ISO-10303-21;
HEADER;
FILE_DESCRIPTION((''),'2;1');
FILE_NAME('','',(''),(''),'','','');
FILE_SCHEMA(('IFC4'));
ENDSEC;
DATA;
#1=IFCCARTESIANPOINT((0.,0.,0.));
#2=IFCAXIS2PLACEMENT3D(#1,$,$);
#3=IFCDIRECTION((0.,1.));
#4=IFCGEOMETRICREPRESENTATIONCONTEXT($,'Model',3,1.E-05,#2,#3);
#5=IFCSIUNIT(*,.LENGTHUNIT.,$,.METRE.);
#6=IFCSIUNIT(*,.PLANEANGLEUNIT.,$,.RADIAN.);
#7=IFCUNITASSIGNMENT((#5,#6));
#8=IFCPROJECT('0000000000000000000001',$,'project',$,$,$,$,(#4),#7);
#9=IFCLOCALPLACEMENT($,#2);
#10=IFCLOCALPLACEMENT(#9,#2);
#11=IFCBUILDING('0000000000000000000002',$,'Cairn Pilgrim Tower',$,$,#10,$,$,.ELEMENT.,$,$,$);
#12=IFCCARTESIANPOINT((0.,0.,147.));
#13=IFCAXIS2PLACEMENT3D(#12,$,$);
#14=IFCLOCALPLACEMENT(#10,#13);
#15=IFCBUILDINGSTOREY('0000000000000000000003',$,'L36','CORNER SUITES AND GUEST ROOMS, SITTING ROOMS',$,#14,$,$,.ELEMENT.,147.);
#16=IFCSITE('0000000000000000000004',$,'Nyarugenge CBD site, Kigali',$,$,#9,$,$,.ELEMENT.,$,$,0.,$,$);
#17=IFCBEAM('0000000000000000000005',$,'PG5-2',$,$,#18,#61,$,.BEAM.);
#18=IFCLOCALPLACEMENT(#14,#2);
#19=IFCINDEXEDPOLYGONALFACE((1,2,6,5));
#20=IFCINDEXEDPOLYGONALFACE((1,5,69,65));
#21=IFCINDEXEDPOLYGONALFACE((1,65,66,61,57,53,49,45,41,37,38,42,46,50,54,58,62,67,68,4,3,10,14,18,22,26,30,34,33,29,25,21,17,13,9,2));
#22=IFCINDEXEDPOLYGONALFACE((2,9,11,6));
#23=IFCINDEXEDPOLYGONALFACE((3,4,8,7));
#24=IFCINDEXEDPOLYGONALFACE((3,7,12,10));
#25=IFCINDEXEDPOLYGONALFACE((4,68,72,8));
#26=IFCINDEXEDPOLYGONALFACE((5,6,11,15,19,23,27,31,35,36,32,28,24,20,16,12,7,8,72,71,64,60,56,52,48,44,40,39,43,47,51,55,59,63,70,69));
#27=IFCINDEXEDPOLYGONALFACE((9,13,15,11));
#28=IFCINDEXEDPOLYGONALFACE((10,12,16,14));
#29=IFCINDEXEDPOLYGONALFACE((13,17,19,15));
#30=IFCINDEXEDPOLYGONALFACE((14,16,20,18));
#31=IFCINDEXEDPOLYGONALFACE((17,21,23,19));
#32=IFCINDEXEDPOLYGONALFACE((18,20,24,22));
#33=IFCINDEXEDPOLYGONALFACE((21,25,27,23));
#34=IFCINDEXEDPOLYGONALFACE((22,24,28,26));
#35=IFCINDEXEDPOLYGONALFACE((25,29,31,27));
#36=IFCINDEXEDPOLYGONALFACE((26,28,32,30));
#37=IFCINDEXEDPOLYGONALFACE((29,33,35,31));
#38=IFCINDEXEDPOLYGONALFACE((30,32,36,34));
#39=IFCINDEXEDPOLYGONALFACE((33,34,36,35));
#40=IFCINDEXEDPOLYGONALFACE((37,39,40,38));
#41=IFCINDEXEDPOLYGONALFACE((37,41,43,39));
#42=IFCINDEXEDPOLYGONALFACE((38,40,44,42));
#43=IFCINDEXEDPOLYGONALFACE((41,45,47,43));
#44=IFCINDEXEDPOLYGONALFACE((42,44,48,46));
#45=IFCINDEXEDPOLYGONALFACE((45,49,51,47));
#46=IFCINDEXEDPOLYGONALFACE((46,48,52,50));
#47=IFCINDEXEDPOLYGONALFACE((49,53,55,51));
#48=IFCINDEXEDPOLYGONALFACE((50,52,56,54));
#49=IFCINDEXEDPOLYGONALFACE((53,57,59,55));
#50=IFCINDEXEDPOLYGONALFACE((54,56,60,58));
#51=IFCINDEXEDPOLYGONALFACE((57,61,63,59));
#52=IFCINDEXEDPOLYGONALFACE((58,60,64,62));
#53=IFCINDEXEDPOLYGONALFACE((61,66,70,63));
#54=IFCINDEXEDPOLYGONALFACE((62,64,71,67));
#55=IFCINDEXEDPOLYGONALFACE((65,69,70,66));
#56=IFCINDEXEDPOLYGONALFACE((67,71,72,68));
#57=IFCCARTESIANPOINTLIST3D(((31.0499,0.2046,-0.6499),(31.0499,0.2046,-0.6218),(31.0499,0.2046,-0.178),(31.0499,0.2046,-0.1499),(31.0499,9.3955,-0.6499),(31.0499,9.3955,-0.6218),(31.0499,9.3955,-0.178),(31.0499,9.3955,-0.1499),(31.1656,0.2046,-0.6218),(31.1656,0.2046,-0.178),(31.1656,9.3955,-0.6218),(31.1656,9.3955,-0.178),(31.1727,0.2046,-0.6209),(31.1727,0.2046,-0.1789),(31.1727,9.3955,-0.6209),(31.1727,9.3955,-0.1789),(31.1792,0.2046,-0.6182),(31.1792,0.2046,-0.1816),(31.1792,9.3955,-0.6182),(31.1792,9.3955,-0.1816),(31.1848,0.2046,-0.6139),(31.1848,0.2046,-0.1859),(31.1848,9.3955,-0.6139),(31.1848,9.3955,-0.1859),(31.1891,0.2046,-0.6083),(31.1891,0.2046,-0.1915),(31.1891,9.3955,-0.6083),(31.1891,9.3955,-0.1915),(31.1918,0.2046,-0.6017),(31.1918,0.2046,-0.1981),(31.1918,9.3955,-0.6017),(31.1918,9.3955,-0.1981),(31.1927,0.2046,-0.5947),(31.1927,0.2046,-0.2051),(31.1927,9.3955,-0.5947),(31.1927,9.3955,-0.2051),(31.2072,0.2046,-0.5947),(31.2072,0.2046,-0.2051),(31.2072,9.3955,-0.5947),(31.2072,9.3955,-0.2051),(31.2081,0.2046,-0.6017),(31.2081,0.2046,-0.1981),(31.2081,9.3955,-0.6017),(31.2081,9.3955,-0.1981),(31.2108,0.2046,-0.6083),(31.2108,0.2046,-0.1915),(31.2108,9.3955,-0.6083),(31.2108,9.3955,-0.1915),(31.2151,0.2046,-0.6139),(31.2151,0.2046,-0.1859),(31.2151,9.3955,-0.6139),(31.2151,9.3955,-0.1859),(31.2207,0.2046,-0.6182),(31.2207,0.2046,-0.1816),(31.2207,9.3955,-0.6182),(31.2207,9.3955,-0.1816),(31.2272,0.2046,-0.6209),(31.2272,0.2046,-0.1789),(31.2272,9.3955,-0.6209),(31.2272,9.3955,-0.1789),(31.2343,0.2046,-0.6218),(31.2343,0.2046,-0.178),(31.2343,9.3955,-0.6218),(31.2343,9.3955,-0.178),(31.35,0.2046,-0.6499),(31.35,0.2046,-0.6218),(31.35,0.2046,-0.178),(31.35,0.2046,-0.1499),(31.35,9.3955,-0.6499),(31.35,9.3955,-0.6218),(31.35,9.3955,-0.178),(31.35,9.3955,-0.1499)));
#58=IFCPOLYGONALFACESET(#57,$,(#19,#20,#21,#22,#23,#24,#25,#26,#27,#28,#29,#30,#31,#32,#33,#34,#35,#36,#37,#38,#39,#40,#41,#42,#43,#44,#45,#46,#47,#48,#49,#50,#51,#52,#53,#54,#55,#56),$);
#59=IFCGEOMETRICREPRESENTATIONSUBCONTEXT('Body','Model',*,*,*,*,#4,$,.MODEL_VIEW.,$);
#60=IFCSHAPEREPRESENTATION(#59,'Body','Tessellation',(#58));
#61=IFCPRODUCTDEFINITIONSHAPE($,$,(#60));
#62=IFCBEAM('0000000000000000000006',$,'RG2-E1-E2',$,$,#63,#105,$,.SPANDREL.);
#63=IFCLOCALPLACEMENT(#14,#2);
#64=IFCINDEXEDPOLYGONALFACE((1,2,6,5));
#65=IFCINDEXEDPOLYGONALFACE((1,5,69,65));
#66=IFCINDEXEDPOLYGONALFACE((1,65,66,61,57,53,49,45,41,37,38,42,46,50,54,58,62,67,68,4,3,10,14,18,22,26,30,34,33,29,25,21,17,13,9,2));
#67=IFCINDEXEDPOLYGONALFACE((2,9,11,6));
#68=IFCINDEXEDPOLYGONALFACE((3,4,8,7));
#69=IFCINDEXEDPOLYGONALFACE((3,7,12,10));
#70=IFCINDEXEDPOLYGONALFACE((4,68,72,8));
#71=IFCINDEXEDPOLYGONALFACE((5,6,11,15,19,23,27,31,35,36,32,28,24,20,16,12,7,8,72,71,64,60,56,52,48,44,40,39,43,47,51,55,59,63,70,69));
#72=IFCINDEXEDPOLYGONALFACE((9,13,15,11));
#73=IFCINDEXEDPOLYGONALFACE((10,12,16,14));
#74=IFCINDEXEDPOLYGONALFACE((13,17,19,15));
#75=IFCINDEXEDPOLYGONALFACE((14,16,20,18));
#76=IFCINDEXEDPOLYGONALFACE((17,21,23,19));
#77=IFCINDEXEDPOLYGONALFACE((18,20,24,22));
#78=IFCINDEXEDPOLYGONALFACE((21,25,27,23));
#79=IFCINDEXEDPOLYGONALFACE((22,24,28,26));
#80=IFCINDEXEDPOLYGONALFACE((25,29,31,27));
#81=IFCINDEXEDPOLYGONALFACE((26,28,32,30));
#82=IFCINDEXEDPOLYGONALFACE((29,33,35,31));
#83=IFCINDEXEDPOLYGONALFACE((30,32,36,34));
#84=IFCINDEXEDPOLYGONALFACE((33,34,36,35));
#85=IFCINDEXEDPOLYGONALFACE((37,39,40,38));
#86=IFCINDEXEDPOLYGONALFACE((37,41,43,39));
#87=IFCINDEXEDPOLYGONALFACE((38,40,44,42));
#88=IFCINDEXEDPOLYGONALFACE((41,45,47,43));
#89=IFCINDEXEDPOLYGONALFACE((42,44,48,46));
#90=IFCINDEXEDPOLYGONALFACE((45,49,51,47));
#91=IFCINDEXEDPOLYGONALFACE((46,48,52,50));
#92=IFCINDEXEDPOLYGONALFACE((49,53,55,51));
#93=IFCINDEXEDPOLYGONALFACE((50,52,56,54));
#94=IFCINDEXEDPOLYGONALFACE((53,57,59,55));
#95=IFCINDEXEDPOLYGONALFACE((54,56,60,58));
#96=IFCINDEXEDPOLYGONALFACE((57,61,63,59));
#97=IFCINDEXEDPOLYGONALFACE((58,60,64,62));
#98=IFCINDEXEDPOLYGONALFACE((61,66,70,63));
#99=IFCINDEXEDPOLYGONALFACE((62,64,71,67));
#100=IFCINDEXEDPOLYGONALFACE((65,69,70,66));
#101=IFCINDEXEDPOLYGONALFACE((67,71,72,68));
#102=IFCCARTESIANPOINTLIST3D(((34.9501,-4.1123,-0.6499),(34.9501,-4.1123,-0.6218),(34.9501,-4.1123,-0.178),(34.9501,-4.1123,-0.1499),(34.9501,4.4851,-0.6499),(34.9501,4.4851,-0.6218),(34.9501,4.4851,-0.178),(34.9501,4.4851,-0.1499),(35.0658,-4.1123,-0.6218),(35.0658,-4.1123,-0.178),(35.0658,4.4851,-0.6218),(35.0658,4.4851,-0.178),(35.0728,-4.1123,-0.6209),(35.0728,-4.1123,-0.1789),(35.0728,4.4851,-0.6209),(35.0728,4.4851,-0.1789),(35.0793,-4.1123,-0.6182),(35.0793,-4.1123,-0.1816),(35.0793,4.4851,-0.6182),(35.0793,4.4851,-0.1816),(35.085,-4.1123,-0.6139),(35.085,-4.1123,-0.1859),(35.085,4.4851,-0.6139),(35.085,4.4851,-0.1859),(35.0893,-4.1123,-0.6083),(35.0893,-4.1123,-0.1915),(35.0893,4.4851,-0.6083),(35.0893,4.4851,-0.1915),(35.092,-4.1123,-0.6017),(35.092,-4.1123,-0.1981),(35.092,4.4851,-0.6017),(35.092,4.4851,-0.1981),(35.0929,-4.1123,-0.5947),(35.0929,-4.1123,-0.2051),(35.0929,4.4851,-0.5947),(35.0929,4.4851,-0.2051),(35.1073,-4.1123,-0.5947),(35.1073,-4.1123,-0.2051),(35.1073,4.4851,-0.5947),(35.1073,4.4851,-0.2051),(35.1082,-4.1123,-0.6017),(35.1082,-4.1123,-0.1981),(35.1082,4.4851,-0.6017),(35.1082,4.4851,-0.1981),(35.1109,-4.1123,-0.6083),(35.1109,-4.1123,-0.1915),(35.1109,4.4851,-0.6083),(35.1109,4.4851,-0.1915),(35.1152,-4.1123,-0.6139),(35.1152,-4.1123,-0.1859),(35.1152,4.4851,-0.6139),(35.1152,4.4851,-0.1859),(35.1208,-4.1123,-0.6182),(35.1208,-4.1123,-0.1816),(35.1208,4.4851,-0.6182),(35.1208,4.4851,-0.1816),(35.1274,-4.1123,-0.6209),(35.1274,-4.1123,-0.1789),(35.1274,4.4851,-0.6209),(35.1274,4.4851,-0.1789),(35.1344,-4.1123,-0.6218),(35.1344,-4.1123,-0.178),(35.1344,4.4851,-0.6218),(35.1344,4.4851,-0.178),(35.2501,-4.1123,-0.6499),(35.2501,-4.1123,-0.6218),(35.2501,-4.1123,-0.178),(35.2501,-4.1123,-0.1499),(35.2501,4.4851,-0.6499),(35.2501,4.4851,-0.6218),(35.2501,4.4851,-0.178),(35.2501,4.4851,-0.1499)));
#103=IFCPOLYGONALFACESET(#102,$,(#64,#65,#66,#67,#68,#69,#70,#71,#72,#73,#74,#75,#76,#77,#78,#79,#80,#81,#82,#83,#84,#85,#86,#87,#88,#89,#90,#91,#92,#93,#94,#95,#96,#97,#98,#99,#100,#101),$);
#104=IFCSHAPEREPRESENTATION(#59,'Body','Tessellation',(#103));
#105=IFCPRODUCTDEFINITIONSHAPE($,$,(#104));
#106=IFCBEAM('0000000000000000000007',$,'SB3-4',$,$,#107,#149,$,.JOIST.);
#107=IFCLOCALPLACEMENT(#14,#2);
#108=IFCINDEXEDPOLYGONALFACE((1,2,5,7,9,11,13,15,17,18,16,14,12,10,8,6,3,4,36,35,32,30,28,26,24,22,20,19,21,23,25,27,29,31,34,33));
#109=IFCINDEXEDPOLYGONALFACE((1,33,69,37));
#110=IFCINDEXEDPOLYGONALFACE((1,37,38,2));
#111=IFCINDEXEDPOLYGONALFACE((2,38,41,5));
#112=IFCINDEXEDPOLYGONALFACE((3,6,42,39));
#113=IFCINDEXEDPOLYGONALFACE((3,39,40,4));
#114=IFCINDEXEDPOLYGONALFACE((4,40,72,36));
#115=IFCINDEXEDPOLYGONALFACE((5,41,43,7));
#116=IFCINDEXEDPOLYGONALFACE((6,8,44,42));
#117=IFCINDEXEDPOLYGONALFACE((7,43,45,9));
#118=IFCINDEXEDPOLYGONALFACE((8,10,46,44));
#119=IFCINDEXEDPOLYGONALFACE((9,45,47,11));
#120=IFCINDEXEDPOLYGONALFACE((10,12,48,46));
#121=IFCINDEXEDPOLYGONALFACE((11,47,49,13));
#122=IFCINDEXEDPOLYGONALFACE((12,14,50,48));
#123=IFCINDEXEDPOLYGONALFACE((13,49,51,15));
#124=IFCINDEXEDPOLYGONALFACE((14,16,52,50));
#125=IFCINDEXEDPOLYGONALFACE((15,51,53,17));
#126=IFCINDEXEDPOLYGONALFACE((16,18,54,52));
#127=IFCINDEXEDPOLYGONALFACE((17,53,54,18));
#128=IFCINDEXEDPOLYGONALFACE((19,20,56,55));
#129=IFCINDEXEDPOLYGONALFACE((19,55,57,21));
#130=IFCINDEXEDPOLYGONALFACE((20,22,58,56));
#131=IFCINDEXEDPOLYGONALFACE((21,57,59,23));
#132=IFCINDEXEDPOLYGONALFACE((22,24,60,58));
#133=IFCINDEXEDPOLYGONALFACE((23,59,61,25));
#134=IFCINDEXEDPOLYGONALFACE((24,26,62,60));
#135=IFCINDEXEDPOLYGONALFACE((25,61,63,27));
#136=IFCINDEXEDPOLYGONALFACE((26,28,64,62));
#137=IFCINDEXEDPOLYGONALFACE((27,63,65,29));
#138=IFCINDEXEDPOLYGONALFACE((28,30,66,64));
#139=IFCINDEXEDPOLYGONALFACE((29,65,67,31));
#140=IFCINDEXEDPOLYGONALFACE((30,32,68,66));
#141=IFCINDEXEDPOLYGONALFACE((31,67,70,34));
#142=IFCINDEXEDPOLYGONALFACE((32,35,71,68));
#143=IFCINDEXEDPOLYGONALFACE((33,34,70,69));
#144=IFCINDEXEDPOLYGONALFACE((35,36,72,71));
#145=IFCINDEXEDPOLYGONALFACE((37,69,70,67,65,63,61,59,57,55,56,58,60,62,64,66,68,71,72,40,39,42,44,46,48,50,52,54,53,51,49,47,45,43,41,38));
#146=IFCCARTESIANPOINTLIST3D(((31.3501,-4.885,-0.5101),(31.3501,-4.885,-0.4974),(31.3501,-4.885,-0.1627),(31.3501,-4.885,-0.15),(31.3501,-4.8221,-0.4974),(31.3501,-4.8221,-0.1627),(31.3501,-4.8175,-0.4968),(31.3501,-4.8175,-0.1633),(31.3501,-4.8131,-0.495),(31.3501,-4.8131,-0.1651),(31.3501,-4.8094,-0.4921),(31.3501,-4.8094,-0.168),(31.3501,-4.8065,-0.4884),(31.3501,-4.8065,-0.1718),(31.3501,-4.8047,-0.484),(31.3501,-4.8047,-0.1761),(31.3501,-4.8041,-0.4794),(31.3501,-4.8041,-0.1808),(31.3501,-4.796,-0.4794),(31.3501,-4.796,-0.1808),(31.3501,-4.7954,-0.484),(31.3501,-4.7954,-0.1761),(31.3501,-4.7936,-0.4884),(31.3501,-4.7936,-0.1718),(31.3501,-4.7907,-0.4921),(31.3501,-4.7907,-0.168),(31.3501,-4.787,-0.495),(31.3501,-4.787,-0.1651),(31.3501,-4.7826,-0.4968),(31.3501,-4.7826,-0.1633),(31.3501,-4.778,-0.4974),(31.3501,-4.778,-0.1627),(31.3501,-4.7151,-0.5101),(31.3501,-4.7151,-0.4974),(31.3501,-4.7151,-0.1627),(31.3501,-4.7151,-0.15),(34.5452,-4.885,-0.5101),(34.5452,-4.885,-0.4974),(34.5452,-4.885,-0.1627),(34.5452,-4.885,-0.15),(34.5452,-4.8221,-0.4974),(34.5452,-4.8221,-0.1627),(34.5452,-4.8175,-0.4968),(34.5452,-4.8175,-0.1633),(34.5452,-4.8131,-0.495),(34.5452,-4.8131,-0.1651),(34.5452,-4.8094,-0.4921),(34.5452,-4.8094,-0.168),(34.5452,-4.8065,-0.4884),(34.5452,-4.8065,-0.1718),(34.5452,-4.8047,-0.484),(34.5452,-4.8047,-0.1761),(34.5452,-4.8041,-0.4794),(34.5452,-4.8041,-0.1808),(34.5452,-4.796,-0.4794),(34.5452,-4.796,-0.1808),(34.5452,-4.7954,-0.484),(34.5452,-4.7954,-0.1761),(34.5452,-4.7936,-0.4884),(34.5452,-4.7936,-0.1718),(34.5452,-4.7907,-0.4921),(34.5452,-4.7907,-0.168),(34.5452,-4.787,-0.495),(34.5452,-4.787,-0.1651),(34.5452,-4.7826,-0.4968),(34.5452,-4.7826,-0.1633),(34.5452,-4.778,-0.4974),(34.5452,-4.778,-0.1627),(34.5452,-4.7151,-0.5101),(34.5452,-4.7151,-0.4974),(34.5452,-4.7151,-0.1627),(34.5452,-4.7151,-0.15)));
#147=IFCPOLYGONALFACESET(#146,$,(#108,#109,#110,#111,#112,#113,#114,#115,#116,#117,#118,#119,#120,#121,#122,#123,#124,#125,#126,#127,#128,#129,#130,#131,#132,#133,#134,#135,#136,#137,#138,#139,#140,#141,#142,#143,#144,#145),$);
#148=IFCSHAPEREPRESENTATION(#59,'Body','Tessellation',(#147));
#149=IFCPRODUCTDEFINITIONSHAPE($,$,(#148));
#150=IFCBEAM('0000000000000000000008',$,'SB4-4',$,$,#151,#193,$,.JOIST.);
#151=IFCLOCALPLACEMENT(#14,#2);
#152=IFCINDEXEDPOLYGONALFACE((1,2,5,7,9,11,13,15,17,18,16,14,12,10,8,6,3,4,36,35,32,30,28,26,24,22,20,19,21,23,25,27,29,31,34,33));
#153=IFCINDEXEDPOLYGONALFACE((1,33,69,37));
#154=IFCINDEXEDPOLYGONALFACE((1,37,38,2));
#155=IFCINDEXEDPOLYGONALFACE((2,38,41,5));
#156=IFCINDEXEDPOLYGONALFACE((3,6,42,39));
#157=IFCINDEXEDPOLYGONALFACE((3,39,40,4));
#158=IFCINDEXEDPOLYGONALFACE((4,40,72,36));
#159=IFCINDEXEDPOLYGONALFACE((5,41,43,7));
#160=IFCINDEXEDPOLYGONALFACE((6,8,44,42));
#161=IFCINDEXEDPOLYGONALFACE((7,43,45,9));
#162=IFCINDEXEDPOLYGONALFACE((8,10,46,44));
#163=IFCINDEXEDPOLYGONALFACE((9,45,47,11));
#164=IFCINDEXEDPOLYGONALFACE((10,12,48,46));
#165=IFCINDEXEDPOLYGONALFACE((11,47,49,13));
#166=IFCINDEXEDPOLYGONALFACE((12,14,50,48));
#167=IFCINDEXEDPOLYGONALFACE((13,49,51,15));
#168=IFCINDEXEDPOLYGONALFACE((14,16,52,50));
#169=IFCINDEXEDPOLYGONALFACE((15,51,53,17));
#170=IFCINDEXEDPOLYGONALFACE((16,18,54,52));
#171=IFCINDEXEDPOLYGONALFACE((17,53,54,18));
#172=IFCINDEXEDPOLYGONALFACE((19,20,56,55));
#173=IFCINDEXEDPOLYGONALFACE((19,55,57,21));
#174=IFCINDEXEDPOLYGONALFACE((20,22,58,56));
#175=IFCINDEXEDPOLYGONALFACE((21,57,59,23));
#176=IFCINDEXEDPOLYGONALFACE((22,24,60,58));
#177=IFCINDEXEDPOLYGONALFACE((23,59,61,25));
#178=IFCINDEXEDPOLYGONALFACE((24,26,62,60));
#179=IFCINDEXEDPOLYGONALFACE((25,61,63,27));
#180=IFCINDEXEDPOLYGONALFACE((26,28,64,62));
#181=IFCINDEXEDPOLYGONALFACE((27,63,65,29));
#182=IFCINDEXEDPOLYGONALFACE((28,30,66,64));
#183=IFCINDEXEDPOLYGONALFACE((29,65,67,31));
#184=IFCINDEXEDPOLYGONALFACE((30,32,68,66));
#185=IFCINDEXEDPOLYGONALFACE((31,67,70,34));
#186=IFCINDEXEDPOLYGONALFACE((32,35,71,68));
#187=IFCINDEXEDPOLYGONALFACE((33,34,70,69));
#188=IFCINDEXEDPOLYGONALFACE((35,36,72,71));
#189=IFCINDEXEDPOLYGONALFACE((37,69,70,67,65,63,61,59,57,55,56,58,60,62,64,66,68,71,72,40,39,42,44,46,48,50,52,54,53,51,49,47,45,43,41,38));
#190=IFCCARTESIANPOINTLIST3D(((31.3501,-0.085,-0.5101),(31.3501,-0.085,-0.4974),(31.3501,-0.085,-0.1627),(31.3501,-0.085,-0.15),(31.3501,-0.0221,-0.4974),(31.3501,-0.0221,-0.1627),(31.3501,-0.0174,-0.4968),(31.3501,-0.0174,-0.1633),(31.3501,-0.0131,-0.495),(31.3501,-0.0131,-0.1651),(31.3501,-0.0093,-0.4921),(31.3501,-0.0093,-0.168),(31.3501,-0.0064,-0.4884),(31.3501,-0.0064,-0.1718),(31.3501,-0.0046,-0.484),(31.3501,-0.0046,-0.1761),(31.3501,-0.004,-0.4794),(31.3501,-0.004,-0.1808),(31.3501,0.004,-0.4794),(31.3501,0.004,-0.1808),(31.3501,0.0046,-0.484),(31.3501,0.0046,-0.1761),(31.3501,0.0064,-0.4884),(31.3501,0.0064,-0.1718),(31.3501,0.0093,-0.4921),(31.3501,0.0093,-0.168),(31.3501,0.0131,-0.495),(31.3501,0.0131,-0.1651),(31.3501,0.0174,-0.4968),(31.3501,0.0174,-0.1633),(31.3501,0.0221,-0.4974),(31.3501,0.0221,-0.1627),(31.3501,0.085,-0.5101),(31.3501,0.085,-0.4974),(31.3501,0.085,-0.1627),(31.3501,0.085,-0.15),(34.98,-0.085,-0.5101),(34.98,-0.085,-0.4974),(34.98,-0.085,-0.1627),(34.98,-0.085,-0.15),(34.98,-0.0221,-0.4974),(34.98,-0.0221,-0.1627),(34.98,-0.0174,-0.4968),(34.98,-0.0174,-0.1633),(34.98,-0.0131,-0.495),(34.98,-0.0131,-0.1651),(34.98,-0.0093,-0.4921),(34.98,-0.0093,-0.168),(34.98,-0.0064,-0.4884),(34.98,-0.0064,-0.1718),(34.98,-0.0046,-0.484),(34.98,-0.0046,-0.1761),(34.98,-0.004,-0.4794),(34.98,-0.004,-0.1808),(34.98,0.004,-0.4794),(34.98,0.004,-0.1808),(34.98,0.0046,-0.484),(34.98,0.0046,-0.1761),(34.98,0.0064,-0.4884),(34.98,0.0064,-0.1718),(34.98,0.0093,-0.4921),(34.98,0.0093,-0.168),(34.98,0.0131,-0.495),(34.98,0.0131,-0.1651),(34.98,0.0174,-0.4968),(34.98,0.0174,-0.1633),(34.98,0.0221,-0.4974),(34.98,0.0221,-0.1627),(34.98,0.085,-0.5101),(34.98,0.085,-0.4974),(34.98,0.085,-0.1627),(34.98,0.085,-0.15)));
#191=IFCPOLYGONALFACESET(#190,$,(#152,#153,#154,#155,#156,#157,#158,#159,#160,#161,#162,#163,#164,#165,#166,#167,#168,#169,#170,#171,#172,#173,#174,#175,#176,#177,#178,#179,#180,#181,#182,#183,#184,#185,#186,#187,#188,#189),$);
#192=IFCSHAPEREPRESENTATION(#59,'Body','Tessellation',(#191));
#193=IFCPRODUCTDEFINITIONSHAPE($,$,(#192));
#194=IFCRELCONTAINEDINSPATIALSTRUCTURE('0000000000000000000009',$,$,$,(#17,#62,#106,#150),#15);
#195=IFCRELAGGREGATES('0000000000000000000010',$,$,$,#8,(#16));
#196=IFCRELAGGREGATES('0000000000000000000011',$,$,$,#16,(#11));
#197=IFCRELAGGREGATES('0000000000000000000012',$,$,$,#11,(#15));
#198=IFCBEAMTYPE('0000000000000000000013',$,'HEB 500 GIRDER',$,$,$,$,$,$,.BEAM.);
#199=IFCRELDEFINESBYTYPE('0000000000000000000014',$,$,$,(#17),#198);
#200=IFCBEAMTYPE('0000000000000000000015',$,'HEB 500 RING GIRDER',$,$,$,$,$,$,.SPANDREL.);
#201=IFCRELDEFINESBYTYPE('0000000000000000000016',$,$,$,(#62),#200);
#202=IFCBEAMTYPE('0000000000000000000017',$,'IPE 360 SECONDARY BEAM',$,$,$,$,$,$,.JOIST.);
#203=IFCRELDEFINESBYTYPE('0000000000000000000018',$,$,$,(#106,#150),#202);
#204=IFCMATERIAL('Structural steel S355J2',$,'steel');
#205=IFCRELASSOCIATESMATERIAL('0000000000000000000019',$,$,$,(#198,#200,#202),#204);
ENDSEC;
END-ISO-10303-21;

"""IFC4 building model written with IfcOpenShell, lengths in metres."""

from ifc_helpers import new_model, si_unit, direction, frame, origin, origin_2d, place, context, subcontext, project, spatial, i_section, extrude, material, material_profile, profile_set, type_object, element, save


model = new_model("IFC4")

# Units and contexts
model_context = context("Model", 3, precision=1e-05, world=origin(), true_north=direction((0.0, 1.0)))
body_context = subcontext(model_context, "Body", "Model", "MODEL_VIEW")
ifc_project = project(units=[si_unit("LENGTHUNIT", "METRE"), si_unit("PLANEANGLEUNIT", "RADIAN")], contexts=[model_context])

# Site, building, storey
site_placement = place(None, origin())
site = spatial("IfcSite", under=ifc_project, at=site_placement, Name="Nyarugenge CBD site, Kigali", CompositionType="ELEMENT", RefElevation=0.0)
building_placement = place(site_placement, origin())
building = spatial("IfcBuilding", under=site, at=building_placement, Name="Cairn Pilgrim Tower", CompositionType="ELEMENT")
storey_placement = place(building_placement, frame((0.0, 0.0, 147.0)))
storey = spatial("IfcBuildingStorey", under=building, at=storey_placement, Name="L36", Description="CORNER SUITES AND GUEST ROOMS, SITTING ROOMS", CompositionType="ELEMENT", Elevation=147.0)

# Beams
ifc_material_1 = material(Name="Structural steel S355J2", Category="steel")
ifc_material_profile_1 = material_profile(ifc_material_1, i_section(OverallWidth=0.3, OverallDepth=0.5, WebThickness=0.0144, FlangeThickness=0.0281, FilletRadius=0.0271, at=origin_2d()), Name="HEB 500")
ifc_profile_set_1 = profile_set([ifc_material_profile_1], Name="Structural steel S355J2")
beam_type_1 = type_object("IfcBeamType", Name="HEB 500 GIRDER", PredefinedType="BEAM", material=ifc_profile_set_1)
beam_1_placement = place(storey_placement, frame((31.2, 0.2046, -0.3999), z_axis=(0.0, 1.0, 0.0), x_axis=(-1.0, 0.0, 0.0)))
element("IfcBeam", 1, at=beam_1_placement, inside=storey, type_object=beam_type_1, Name="PG5-2", PredefinedType="BEAM", context=body_context, shape_type="SweptSolid", body=[
    extrude(i_section(OverallWidth=0.3, OverallDepth=0.5, WebThickness=0.0144, FlangeThickness=0.0281, FilletRadius=0.0271, at=origin_2d()), origin(), (0.0, 0.0, 1.0), 9.1909),
])
ifc_material_profile_2 = material_profile(ifc_material_1, i_section(OverallWidth=0.3, OverallDepth=0.5, WebThickness=0.0144, FlangeThickness=0.0281, FilletRadius=0.0271, at=origin_2d()), Name="HEB 500")
ifc_profile_set_2 = profile_set([ifc_material_profile_2], Name="Structural steel S355J2")
beam_type_2 = type_object("IfcBeamType", Name="HEB 500 RING GIRDER", PredefinedType="SPANDREL", material=ifc_profile_set_2)
beam_2_placement = place(storey_placement, frame((35.1001, -4.1123, -0.3999), z_axis=(0.0, 1.0, 0.0), x_axis=(-1.0, 0.0, 0.0)))
element("IfcBeam", 2, at=beam_2_placement, inside=storey, type_object=beam_type_2, Name="RG2-E1-E2", PredefinedType="SPANDREL", context=body_context, shape_type="SweptSolid", body=[
    extrude(i_section(OverallWidth=0.3, OverallDepth=0.5, WebThickness=0.0144, FlangeThickness=0.0281, FilletRadius=0.0271, at=origin_2d()), origin(), (0.0, 0.0, 1.0), 8.5974),
])
ifc_material_profile_3 = material_profile(ifc_material_1, i_section(OverallWidth=0.1699, OverallDepth=0.3601, WebThickness=0.0081, FlangeThickness=0.0127, FilletRadius=0.0181, at=origin_2d()), Name="IPE 360")
ifc_profile_set_3 = profile_set([ifc_material_profile_3], Name="Structural steel S355J2")
beam_type_3 = type_object("IfcBeamType", Name="IPE 360 SECONDARY BEAM", PredefinedType="JOIST", material=ifc_profile_set_3)
beam_3_placement = place(storey_placement, frame((31.3501, -4.8, -0.3301), z_axis=(1.0, 0.0, 0.0), x_axis=(0.0, 1.0, 0.0)))
element("IfcBeam", 3, at=beam_3_placement, inside=storey, type_object=beam_type_3, Name="SB3-4", PredefinedType="JOIST", context=body_context, shape_type="SweptSolid", body=[
    extrude(i_section(OverallWidth=0.1699, OverallDepth=0.3601, WebThickness=0.0081, FlangeThickness=0.0127, FilletRadius=0.0181, at=origin_2d()), origin(), (0.0, 0.0, 1.0), 3.1951),
])
beam_4_placement = place(storey_placement, frame((31.3501, 0.0, -0.3301), z_axis=(1.0, 0.0, 0.0), x_axis=(0.0, 1.0, 0.0)))
element("IfcBeam", 4, at=beam_4_placement, inside=storey, type_object=beam_type_3, Name="SB4-4", PredefinedType="JOIST", context=body_context, shape_type="SweptSolid", body=[
    extrude(i_section(OverallWidth=0.1699, OverallDepth=0.3601, WebThickness=0.0081, FlangeThickness=0.0127, FilletRadius=0.0181, at=origin_2d()), origin(), (0.0, 0.0, 1.0), 3.6299),
])

save(model, "model.ifc")
